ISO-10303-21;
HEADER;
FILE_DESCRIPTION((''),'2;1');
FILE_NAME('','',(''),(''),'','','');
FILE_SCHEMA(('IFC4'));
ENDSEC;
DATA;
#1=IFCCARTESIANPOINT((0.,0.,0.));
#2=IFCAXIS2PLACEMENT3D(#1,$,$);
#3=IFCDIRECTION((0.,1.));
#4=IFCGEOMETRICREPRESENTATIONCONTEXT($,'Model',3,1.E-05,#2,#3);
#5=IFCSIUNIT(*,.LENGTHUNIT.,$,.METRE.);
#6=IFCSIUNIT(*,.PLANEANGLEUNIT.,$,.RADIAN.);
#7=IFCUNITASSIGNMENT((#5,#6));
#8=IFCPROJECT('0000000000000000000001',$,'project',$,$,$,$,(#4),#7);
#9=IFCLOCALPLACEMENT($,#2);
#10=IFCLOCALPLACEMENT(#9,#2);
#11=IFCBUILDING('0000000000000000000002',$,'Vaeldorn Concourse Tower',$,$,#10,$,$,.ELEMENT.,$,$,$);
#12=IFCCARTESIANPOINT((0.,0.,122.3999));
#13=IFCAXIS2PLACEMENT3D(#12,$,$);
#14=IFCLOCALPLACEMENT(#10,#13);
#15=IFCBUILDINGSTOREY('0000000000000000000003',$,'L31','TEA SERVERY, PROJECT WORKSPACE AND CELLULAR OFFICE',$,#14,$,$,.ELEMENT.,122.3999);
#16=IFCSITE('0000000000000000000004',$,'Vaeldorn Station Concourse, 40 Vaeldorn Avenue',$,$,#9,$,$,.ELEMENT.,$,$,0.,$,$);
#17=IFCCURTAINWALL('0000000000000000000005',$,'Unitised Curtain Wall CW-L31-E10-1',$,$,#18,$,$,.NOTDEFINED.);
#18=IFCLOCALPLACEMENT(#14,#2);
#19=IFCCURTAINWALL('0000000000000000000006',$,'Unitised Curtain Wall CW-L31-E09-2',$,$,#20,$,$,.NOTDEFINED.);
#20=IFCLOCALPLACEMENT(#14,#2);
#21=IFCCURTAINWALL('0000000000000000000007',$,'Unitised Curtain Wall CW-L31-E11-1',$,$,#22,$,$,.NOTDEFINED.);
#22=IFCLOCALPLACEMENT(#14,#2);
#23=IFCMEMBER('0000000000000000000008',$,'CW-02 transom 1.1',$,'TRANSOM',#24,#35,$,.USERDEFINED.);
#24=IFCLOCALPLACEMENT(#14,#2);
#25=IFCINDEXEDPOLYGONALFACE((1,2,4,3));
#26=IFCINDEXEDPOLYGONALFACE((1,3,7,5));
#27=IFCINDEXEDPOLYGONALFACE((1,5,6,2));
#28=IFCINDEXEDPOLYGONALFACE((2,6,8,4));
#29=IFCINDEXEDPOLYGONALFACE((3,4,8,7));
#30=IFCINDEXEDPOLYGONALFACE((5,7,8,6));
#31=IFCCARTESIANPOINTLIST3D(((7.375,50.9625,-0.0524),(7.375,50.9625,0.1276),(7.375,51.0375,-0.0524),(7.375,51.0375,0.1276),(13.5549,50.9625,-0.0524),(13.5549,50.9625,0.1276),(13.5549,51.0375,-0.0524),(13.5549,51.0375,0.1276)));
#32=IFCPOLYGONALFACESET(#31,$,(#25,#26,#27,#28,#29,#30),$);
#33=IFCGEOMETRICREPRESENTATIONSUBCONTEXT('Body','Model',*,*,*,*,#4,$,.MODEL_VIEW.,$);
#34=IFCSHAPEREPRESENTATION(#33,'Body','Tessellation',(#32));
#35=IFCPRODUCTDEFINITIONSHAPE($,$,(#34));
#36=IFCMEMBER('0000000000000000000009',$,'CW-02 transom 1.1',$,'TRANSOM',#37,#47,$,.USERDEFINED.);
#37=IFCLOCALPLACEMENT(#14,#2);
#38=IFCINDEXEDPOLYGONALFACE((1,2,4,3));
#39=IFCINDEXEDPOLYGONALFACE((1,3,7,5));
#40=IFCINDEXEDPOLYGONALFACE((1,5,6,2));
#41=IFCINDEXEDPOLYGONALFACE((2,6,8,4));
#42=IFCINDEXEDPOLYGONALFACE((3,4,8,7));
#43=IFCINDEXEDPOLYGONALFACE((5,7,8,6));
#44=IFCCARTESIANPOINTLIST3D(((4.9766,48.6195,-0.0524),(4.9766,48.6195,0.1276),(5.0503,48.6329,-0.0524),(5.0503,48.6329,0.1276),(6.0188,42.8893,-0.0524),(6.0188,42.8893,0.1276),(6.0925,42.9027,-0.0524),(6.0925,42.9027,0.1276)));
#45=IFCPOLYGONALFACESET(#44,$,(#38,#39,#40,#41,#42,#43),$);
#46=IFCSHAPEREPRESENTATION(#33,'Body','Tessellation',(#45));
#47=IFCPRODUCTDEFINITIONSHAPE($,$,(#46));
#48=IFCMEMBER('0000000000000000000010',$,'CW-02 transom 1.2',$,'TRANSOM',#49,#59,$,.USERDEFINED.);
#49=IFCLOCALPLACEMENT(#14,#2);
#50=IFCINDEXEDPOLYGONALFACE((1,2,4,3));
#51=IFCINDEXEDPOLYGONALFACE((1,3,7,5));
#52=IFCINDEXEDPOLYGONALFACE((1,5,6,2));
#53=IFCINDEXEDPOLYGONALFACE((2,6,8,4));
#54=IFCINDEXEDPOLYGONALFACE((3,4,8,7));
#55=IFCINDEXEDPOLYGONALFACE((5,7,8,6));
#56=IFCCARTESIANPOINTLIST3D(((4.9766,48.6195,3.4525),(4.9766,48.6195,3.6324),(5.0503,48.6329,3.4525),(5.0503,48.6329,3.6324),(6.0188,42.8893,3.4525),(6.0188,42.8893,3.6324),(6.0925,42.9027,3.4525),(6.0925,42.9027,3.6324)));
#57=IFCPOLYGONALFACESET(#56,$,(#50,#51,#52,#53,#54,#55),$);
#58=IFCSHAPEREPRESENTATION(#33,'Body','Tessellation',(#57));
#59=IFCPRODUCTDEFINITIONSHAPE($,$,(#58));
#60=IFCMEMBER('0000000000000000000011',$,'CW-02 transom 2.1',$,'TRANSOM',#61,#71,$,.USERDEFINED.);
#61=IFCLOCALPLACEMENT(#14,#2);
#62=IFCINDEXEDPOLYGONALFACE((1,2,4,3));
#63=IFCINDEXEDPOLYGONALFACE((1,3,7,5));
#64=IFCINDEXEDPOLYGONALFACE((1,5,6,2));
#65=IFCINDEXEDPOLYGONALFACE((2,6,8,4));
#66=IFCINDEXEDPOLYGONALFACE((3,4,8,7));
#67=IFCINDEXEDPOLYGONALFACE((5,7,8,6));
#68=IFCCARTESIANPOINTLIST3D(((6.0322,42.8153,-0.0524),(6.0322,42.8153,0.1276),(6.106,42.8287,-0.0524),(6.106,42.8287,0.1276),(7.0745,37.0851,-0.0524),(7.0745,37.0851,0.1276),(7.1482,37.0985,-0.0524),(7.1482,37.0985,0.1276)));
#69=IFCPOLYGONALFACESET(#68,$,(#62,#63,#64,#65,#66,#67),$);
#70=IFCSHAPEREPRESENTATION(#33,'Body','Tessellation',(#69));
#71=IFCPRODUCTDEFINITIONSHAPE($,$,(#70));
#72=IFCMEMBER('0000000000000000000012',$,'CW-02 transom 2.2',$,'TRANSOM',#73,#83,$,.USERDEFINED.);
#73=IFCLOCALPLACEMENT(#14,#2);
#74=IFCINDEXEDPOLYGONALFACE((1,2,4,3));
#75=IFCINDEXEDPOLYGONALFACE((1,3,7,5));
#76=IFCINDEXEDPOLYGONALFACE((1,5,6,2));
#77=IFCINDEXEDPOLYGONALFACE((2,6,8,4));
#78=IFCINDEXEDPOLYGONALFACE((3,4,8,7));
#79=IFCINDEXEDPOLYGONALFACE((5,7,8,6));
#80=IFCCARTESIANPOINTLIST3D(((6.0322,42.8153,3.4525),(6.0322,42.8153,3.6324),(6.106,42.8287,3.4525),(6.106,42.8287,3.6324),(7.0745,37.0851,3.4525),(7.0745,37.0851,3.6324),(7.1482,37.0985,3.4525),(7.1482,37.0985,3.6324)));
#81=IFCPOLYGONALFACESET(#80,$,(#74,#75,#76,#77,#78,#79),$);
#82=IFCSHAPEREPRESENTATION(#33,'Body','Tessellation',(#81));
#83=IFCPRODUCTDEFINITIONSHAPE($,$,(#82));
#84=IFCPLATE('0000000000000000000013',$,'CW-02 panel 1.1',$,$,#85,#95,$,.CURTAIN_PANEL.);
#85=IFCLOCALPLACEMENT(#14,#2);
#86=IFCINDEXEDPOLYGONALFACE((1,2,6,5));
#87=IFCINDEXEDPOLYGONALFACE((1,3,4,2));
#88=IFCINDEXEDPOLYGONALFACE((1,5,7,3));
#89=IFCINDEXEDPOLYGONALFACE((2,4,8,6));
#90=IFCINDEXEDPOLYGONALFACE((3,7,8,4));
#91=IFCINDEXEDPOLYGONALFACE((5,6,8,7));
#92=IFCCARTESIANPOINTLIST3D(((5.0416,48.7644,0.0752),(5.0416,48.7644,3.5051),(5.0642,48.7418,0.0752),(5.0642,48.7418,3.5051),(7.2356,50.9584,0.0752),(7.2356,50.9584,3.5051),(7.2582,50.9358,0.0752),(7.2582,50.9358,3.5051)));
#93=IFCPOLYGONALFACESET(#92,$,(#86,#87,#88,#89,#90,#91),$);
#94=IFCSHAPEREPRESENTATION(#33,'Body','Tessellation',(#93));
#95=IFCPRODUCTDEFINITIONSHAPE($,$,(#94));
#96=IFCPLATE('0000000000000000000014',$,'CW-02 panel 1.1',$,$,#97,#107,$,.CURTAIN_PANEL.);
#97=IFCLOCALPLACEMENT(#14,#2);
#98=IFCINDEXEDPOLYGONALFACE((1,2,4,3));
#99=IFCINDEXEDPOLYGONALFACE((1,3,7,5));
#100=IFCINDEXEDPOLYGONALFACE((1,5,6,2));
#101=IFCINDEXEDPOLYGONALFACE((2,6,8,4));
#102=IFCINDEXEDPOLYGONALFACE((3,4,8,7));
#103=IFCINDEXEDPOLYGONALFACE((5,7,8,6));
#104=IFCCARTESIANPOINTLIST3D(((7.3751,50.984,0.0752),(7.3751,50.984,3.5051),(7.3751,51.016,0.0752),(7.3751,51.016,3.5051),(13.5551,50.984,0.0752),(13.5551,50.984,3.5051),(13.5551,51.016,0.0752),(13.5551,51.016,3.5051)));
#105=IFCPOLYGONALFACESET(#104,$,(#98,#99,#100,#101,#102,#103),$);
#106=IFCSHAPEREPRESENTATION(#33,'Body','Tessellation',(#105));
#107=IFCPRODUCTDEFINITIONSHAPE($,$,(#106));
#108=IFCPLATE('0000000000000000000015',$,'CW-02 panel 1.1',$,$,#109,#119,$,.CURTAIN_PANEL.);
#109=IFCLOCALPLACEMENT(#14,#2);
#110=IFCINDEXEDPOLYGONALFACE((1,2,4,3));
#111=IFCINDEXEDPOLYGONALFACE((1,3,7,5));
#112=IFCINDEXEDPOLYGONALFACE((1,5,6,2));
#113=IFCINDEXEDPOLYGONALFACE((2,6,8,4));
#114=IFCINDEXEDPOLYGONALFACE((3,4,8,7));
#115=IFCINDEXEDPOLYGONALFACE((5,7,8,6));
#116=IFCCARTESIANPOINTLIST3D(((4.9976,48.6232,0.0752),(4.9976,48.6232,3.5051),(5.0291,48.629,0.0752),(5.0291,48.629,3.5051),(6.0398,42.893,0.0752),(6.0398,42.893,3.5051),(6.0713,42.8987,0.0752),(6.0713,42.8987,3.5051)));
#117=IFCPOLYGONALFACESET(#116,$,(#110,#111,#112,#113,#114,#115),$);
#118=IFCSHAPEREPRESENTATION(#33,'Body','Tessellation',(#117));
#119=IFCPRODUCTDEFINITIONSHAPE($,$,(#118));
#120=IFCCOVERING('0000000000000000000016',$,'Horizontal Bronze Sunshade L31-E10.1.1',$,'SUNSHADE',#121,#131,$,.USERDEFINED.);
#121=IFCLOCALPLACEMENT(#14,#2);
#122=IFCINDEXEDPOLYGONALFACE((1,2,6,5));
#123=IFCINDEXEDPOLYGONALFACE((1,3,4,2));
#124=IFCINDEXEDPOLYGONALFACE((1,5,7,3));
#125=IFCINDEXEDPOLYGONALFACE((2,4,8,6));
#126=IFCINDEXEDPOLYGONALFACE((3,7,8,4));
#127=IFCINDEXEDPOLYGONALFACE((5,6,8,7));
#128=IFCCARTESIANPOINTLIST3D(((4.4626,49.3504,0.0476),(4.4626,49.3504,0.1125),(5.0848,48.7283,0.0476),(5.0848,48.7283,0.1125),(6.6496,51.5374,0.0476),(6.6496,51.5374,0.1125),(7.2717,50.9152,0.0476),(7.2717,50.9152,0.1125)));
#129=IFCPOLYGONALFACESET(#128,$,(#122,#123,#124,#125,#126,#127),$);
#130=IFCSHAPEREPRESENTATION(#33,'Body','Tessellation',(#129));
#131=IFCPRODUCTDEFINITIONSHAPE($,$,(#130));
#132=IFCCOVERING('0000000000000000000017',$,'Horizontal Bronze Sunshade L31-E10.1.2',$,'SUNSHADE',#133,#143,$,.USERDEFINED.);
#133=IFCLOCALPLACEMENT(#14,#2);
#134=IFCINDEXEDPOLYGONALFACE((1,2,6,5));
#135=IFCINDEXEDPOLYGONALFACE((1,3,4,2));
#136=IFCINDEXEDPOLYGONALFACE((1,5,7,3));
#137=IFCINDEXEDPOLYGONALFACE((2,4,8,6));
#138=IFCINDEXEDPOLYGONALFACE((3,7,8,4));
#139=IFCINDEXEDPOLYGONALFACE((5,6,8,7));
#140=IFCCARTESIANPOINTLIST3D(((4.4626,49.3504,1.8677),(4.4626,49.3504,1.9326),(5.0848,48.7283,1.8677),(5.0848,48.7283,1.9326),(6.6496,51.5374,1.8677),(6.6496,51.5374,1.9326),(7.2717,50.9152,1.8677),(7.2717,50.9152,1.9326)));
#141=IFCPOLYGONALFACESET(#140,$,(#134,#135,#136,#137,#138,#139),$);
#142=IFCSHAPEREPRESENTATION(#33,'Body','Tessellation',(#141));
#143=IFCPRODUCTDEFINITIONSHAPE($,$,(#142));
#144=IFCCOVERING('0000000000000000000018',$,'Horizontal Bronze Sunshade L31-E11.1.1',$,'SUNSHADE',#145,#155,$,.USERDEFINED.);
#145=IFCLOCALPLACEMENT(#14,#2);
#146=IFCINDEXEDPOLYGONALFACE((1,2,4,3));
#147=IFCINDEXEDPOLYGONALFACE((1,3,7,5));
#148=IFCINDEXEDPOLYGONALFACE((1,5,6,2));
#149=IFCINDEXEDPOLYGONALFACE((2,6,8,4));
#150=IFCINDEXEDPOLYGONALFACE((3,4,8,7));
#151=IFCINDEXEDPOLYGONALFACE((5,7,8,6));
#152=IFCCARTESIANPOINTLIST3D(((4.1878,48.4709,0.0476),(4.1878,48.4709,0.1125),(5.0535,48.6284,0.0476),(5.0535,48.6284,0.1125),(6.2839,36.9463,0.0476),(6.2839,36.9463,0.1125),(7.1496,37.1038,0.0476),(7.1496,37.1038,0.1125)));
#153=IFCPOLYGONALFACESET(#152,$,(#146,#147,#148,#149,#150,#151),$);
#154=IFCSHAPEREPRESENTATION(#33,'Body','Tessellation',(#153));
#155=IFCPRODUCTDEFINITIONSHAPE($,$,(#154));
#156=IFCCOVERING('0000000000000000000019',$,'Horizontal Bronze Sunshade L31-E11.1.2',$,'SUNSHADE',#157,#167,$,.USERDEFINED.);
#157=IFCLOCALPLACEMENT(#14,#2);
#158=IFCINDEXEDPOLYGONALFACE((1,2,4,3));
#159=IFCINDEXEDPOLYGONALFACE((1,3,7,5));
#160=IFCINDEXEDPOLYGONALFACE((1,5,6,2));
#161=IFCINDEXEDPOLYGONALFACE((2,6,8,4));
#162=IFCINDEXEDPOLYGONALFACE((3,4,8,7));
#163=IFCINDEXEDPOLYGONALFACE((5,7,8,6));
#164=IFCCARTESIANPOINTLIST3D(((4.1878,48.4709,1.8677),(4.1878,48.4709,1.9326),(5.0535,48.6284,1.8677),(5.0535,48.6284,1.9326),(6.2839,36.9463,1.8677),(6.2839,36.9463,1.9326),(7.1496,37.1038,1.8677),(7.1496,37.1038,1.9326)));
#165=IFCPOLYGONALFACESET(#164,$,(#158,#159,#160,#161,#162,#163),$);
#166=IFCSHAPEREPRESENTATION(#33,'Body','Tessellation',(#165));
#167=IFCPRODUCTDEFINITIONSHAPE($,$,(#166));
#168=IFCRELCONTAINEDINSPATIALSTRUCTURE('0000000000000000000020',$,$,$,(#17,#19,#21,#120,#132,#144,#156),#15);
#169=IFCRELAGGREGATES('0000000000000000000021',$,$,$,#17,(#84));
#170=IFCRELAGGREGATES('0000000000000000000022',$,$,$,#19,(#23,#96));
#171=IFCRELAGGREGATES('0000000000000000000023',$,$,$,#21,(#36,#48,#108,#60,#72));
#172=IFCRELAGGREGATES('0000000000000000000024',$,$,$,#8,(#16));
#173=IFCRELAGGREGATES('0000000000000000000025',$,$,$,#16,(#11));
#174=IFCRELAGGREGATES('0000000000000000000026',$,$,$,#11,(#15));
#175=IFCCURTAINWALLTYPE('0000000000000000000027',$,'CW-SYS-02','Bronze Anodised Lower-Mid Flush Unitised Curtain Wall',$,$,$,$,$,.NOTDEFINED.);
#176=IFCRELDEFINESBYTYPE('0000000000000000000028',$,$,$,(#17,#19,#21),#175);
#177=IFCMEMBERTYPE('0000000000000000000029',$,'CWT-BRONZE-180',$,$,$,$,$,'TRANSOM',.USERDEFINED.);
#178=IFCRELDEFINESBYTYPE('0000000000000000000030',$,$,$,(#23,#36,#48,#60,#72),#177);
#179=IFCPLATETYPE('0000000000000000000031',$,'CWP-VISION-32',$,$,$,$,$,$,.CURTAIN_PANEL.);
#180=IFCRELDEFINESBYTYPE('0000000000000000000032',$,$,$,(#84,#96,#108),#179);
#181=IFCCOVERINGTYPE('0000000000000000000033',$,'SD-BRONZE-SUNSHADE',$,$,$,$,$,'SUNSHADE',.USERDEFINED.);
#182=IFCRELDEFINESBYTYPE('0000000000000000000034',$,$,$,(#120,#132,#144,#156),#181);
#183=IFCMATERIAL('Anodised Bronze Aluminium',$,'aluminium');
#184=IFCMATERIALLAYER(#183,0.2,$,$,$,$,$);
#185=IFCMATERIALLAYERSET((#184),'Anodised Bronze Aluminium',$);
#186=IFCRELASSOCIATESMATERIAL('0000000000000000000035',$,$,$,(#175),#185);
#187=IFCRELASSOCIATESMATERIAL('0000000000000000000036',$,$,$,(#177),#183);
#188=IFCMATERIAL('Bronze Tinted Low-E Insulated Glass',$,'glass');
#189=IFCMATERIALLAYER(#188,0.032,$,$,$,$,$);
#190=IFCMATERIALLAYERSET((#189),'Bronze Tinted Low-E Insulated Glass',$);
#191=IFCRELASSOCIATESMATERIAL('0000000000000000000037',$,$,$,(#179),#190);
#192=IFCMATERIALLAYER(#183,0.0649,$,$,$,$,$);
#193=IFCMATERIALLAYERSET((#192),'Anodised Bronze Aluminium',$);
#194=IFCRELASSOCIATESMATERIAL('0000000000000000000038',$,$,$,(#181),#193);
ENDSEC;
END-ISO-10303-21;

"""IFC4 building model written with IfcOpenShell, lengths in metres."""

from ifc_helpers import new_model, si_unit, direction, frame, origin, origin_2d, place, context, subcontext, project, spatial, rectangle, extrude, source, transform, mapped, material, layer, layer_set, material_profile, profile_set, type_object, element, aggregate, save


model = new_model("IFC4")

# Units and contexts
model_context = context("Model", 3, precision=1e-05, world=origin(), true_north=direction((0.0, 1.0)))
body_context = subcontext(model_context, "Body", "Model", "MODEL_VIEW")
ifc_project = project(units=[si_unit("LENGTHUNIT", "METRE"), si_unit("PLANEANGLEUNIT", "RADIAN")], contexts=[model_context])

# Site, building, storey
site_placement = place(None, origin())
site = spatial("IfcSite", under=ifc_project, at=site_placement, Name="Vaeldorn Station Concourse, 40 Vaeldorn Avenue", CompositionType="ELEMENT", RefElevation=0.0)
building_placement = place(site_placement, origin())
building = spatial("IfcBuilding", under=site, at=building_placement, Name="Vaeldorn Concourse Tower", CompositionType="ELEMENT")
storey_placement = place(building_placement, frame((0.0, 0.0, 122.3999)))
storey = spatial("IfcBuildingStorey", under=building, at=storey_placement, Name="L31", Description="TEA SERVERY, PROJECT WORKSPACE AND CELLULAR OFFICE", CompositionType="ELEMENT", Elevation=122.3999)

# Curtain wall
ifc_material_1 = material(Name="Anodised Bronze Aluminium", Category="aluminium")
ifc_layer_1 = layer(ifc_material_1, 0.2)
ifc_layer_set_1 = layer_set([ifc_layer_1], Name="Anodised Bronze Aluminium")
curtain_wall_type = type_object("IfcCurtainWallType", Name="CW-SYS-02", Description="Bronze Anodised Lower-Mid Flush Unitised Curtain Wall", PredefinedType="NOTDEFINED", material=ifc_layer_set_1)
curtain_wall_1_placement = place(storey_placement, origin())
curtain_wall_1 = element("IfcCurtainWall", 1, at=curtain_wall_1_placement, inside=storey, type_object=curtain_wall_type, Name="Unitised Curtain Wall CW-L31-E10-1", PredefinedType="NOTDEFINED")
ifc_material_profile_1 = material_profile(ifc_material_1, rectangle(XDim=0.075, YDim=0.1799, at=origin_2d()), Name="CWT 75x180")
ifc_profile_set_1 = profile_set([ifc_material_profile_1], Name="Anodised Bronze Aluminium")
member_type_1 = type_object("IfcMemberType", Name="CWT-BRONZE-180", ElementType="TRANSOM", PredefinedType="USERDEFINED", material=ifc_profile_set_1)

# Curtain wall
curtain_wall_2_placement = place(storey_placement, origin())
curtain_wall_2 = element("IfcCurtainWall", 2, at=curtain_wall_2_placement, inside=storey, type_object=curtain_wall_type, Name="Unitised Curtain Wall CW-L31-E09-2", PredefinedType="NOTDEFINED")

# Curtain wall
curtain_wall_3_placement = place(storey_placement, origin())
curtain_wall_3 = element("IfcCurtainWall", 3, at=curtain_wall_3_placement, inside=storey, type_object=curtain_wall_type, Name="Unitised Curtain Wall CW-L31-E11-1", PredefinedType="NOTDEFINED")

# Members
shared_shape_1 = source(origin(), body_context, "Body", "SweptSolid", [
    extrude(rectangle(XDim=0.075, YDim=0.1799, at=origin_2d()), origin(), (0.0, 0.0, 1.0), 6.1799),
])
member_1_placement = place(storey_placement, frame((13.5549, 51.0, 0.0376), z_axis=(-1.0, 0.0, 0.0), x_axis=(0.0, -1.0, 0.0)))
member_1 = element("IfcMember", 4, at=member_1_placement, type_object=member_type_1, Name="CW-02 transom 1.1", ObjectType="TRANSOM", PredefinedType="USERDEFINED", context=body_context, shape_type="MappedRepresentation", body=[
    mapped(shared_shape_1, transform((0.0, 0.0, 0.0), scale=1.0)),
])
shared_shape_2 = source(origin(), body_context, "Body", "SweptSolid", [
    extrude(rectangle(XDim=0.075, YDim=0.1799, at=origin_2d()), origin(), (0.0, 0.0, 1.0), 5.8242),
])
member_2_placement = place(storey_placement, frame((5.0134, 48.6262, 0.0376), z_axis=(0.178948, -0.983859, 0.0), x_axis=(0.983859, 0.178948, 0.0)))
member_2 = element("IfcMember", 5, at=member_2_placement, type_object=member_type_1, Name="CW-02 transom 1.1", ObjectType="TRANSOM", PredefinedType="USERDEFINED", context=body_context, shape_type="MappedRepresentation", body=[
    mapped(shared_shape_2, transform((0.0, 0.0, 0.0), scale=1.0)),
])
member_3_placement = place(storey_placement, frame((5.0134, 48.6262, 3.5425), z_axis=(0.178948, -0.983859, 0.0), x_axis=(0.983859, 0.178948, 0.0)))
member_3 = element("IfcMember", 6, at=member_3_placement, type_object=member_type_1, Name="CW-02 transom 1.2", ObjectType="TRANSOM", PredefinedType="USERDEFINED", context=body_context, shape_type="MappedRepresentation", body=[
    mapped(shared_shape_2, transform((0.0, 0.0, 0.0), scale=1.0)),
])
member_4_placement = place(storey_placement, frame((6.0691, 42.822, 0.0376), z_axis=(0.178948, -0.983859, 0.0), x_axis=(0.983859, 0.178948, 0.0)))
member_4 = element("IfcMember", 7, at=member_4_placement, type_object=member_type_1, Name="CW-02 transom 2.1", ObjectType="TRANSOM", PredefinedType="USERDEFINED", context=body_context, shape_type="MappedRepresentation", body=[
    mapped(shared_shape_2, transform((0.0, 0.0, 0.0), scale=1.0)),
])
member_5_placement = place(storey_placement, frame((6.0691, 42.822, 3.5425), z_axis=(0.178948, -0.983859, 0.0), x_axis=(0.983859, 0.178948, 0.0)))
member_5 = element("IfcMember", 8, at=member_5_placement, type_object=member_type_1, Name="CW-02 transom 2.2", ObjectType="TRANSOM", PredefinedType="USERDEFINED", context=body_context, shape_type="MappedRepresentation", body=[
    mapped(shared_shape_2, transform((0.0, 0.0, 0.0), scale=1.0)),
])

# Plates
ifc_material_2 = material(Name="Bronze Tinted Low-E Insulated Glass", Category="glass")
ifc_layer_2 = layer(ifc_material_2, 0.032)
ifc_layer_set_2 = layer_set([ifc_layer_2], Name="Bronze Tinted Low-E Insulated Glass")
plate_type = type_object("IfcPlateType", Name="CWP-VISION-32", PredefinedType="CURTAIN_PANEL", material=ifc_layer_set_2)
shared_shape_3 = source(origin(), body_context, "Body", "SweptSolid", [
    extrude(rectangle(XDim=3.1028, YDim=0.032, at=origin_2d()), origin(), (0.0, 0.0, 1.0), 3.4299),
])
plate_1_placement = place(storey_placement, frame((6.1499, 49.8501, 0.0752), z_axis=(0.0, 0.0, 1.0), x_axis=(-0.707107, -0.707107, 0.0)))
plate_1 = element("IfcPlate", 9, at=plate_1_placement, type_object=plate_type, Name="CW-02 panel 1.1", PredefinedType="CURTAIN_PANEL", context=body_context, shape_type="MappedRepresentation", body=[
    mapped(shared_shape_3, transform((0.0, 0.0, 0.0), scale=1.0)),
])
aggregate(curtain_wall_1, [plate_1])
shared_shape_4 = source(origin(), body_context, "Body", "SweptSolid", [
    extrude(rectangle(XDim=6.1799, YDim=0.032, at=origin_2d()), origin(), (0.0, 0.0, 1.0), 3.4299),
])
plate_2_placement = place(storey_placement, frame((10.4651, 51.0, 0.0752), z_axis=(0.0, 0.0, 1.0), x_axis=(-1.0, 0.0, 0.0)))
plate_2 = element("IfcPlate", 10, at=plate_2_placement, type_object=plate_type, Name="CW-02 panel 1.1", PredefinedType="CURTAIN_PANEL", context=body_context, shape_type="MappedRepresentation", body=[
    mapped(shared_shape_4, transform((0.0, 0.0, 0.0), scale=1.0)),
])
aggregate(curtain_wall_2, [member_1, plate_2])
shared_shape_5 = source(origin(), body_context, "Body", "SweptSolid", [
    extrude(rectangle(XDim=5.8242, YDim=0.032, at=origin_2d()), origin(), (0.0, 0.0, 1.0), 3.4299),
])
plate_3_placement = place(storey_placement, frame((5.5344, 45.761, 0.0752), z_axis=(0.0, 0.0, 1.0), x_axis=(0.178943, -0.98386, 0.0)))
plate_3 = element("IfcPlate", 11, at=plate_3_placement, type_object=plate_type, Name="CW-02 panel 1.1", PredefinedType="CURTAIN_PANEL", context=body_context, shape_type="MappedRepresentation", body=[
    mapped(shared_shape_5, transform((0.0, 0.0, 0.0), scale=1.0)),
])
aggregate(curtain_wall_3, [member_2, member_3, plate_3, member_4, member_5])

# Coverings
ifc_layer_3 = layer(ifc_material_1, 0.0649)
ifc_layer_set_3 = layer_set([ifc_layer_3], Name="Anodised Bronze Aluminium")
covering_type = type_object("IfcCoveringType", Name="SD-BRONZE-SUNSHADE", ElementType="SUNSHADE", PredefinedType="USERDEFINED", material=ifc_layer_set_3)
shared_shape_6 = source(origin(), body_context, "Body", "SweptSolid", [
    extrude(rectangle(XDim=3.0928, YDim=0.8799, at=origin_2d()), origin(), (0.0, 0.0, 1.0), 0.0649),
])
for number, where, z_axis, x_axis, name in (
    (12, (5.8672, 50.1328, 0.0476), (0.0, 0.0, 1.0), (-0.707107, -0.707107, 0.0), "Horizontal Bronze Sunshade L31-E10.1.1"),
    (13, (5.8672, 50.1328, 1.8677), (0.0, 0.0, 1.0), (-0.707107, -0.707107, 0.0), "Horizontal Bronze Sunshade L31-E10.1.2"),
):
    element("IfcCovering", number, at=place(storey_placement, frame(where, z_axis=z_axis, x_axis=x_axis)), inside=storey, type_object=covering_type, Name=name, ObjectType="SUNSHADE", PredefinedType="USERDEFINED", context=body_context, shape_type="MappedRepresentation", body=[
        mapped(shared_shape_6, transform((0.0, 0.0, 0.0), scale=1.0)),
    ])
shared_shape_7 = source(origin(), body_context, "Body", "SweptSolid", [
    extrude(rectangle(XDim=11.7136, YDim=0.8799, at=origin_2d()), origin(), (0.0, 0.0, 1.0), 0.0649),
])
for number, where, z_axis, x_axis, name in (
    (14, (5.6687, 42.7874, 0.0476), (0.0, 0.0, 1.0), (0.17894, -0.98386, 0.0), "Horizontal Bronze Sunshade L31-E11.1.1"),
    (15, (5.6687, 42.7874, 1.8677), (0.0, 0.0, 1.0), (0.17894, -0.98386, 0.0), "Horizontal Bronze Sunshade L31-E11.1.2"),
):
    element("IfcCovering", number, at=place(storey_placement, frame(where, z_axis=z_axis, x_axis=x_axis)), inside=storey, type_object=covering_type, Name=name, ObjectType="SUNSHADE", PredefinedType="USERDEFINED", context=body_context, shape_type="MappedRepresentation", body=[
        mapped(shared_shape_7, transform((0.0, 0.0, 0.0), scale=1.0)),
    ])

save(model, "model.ifc")
